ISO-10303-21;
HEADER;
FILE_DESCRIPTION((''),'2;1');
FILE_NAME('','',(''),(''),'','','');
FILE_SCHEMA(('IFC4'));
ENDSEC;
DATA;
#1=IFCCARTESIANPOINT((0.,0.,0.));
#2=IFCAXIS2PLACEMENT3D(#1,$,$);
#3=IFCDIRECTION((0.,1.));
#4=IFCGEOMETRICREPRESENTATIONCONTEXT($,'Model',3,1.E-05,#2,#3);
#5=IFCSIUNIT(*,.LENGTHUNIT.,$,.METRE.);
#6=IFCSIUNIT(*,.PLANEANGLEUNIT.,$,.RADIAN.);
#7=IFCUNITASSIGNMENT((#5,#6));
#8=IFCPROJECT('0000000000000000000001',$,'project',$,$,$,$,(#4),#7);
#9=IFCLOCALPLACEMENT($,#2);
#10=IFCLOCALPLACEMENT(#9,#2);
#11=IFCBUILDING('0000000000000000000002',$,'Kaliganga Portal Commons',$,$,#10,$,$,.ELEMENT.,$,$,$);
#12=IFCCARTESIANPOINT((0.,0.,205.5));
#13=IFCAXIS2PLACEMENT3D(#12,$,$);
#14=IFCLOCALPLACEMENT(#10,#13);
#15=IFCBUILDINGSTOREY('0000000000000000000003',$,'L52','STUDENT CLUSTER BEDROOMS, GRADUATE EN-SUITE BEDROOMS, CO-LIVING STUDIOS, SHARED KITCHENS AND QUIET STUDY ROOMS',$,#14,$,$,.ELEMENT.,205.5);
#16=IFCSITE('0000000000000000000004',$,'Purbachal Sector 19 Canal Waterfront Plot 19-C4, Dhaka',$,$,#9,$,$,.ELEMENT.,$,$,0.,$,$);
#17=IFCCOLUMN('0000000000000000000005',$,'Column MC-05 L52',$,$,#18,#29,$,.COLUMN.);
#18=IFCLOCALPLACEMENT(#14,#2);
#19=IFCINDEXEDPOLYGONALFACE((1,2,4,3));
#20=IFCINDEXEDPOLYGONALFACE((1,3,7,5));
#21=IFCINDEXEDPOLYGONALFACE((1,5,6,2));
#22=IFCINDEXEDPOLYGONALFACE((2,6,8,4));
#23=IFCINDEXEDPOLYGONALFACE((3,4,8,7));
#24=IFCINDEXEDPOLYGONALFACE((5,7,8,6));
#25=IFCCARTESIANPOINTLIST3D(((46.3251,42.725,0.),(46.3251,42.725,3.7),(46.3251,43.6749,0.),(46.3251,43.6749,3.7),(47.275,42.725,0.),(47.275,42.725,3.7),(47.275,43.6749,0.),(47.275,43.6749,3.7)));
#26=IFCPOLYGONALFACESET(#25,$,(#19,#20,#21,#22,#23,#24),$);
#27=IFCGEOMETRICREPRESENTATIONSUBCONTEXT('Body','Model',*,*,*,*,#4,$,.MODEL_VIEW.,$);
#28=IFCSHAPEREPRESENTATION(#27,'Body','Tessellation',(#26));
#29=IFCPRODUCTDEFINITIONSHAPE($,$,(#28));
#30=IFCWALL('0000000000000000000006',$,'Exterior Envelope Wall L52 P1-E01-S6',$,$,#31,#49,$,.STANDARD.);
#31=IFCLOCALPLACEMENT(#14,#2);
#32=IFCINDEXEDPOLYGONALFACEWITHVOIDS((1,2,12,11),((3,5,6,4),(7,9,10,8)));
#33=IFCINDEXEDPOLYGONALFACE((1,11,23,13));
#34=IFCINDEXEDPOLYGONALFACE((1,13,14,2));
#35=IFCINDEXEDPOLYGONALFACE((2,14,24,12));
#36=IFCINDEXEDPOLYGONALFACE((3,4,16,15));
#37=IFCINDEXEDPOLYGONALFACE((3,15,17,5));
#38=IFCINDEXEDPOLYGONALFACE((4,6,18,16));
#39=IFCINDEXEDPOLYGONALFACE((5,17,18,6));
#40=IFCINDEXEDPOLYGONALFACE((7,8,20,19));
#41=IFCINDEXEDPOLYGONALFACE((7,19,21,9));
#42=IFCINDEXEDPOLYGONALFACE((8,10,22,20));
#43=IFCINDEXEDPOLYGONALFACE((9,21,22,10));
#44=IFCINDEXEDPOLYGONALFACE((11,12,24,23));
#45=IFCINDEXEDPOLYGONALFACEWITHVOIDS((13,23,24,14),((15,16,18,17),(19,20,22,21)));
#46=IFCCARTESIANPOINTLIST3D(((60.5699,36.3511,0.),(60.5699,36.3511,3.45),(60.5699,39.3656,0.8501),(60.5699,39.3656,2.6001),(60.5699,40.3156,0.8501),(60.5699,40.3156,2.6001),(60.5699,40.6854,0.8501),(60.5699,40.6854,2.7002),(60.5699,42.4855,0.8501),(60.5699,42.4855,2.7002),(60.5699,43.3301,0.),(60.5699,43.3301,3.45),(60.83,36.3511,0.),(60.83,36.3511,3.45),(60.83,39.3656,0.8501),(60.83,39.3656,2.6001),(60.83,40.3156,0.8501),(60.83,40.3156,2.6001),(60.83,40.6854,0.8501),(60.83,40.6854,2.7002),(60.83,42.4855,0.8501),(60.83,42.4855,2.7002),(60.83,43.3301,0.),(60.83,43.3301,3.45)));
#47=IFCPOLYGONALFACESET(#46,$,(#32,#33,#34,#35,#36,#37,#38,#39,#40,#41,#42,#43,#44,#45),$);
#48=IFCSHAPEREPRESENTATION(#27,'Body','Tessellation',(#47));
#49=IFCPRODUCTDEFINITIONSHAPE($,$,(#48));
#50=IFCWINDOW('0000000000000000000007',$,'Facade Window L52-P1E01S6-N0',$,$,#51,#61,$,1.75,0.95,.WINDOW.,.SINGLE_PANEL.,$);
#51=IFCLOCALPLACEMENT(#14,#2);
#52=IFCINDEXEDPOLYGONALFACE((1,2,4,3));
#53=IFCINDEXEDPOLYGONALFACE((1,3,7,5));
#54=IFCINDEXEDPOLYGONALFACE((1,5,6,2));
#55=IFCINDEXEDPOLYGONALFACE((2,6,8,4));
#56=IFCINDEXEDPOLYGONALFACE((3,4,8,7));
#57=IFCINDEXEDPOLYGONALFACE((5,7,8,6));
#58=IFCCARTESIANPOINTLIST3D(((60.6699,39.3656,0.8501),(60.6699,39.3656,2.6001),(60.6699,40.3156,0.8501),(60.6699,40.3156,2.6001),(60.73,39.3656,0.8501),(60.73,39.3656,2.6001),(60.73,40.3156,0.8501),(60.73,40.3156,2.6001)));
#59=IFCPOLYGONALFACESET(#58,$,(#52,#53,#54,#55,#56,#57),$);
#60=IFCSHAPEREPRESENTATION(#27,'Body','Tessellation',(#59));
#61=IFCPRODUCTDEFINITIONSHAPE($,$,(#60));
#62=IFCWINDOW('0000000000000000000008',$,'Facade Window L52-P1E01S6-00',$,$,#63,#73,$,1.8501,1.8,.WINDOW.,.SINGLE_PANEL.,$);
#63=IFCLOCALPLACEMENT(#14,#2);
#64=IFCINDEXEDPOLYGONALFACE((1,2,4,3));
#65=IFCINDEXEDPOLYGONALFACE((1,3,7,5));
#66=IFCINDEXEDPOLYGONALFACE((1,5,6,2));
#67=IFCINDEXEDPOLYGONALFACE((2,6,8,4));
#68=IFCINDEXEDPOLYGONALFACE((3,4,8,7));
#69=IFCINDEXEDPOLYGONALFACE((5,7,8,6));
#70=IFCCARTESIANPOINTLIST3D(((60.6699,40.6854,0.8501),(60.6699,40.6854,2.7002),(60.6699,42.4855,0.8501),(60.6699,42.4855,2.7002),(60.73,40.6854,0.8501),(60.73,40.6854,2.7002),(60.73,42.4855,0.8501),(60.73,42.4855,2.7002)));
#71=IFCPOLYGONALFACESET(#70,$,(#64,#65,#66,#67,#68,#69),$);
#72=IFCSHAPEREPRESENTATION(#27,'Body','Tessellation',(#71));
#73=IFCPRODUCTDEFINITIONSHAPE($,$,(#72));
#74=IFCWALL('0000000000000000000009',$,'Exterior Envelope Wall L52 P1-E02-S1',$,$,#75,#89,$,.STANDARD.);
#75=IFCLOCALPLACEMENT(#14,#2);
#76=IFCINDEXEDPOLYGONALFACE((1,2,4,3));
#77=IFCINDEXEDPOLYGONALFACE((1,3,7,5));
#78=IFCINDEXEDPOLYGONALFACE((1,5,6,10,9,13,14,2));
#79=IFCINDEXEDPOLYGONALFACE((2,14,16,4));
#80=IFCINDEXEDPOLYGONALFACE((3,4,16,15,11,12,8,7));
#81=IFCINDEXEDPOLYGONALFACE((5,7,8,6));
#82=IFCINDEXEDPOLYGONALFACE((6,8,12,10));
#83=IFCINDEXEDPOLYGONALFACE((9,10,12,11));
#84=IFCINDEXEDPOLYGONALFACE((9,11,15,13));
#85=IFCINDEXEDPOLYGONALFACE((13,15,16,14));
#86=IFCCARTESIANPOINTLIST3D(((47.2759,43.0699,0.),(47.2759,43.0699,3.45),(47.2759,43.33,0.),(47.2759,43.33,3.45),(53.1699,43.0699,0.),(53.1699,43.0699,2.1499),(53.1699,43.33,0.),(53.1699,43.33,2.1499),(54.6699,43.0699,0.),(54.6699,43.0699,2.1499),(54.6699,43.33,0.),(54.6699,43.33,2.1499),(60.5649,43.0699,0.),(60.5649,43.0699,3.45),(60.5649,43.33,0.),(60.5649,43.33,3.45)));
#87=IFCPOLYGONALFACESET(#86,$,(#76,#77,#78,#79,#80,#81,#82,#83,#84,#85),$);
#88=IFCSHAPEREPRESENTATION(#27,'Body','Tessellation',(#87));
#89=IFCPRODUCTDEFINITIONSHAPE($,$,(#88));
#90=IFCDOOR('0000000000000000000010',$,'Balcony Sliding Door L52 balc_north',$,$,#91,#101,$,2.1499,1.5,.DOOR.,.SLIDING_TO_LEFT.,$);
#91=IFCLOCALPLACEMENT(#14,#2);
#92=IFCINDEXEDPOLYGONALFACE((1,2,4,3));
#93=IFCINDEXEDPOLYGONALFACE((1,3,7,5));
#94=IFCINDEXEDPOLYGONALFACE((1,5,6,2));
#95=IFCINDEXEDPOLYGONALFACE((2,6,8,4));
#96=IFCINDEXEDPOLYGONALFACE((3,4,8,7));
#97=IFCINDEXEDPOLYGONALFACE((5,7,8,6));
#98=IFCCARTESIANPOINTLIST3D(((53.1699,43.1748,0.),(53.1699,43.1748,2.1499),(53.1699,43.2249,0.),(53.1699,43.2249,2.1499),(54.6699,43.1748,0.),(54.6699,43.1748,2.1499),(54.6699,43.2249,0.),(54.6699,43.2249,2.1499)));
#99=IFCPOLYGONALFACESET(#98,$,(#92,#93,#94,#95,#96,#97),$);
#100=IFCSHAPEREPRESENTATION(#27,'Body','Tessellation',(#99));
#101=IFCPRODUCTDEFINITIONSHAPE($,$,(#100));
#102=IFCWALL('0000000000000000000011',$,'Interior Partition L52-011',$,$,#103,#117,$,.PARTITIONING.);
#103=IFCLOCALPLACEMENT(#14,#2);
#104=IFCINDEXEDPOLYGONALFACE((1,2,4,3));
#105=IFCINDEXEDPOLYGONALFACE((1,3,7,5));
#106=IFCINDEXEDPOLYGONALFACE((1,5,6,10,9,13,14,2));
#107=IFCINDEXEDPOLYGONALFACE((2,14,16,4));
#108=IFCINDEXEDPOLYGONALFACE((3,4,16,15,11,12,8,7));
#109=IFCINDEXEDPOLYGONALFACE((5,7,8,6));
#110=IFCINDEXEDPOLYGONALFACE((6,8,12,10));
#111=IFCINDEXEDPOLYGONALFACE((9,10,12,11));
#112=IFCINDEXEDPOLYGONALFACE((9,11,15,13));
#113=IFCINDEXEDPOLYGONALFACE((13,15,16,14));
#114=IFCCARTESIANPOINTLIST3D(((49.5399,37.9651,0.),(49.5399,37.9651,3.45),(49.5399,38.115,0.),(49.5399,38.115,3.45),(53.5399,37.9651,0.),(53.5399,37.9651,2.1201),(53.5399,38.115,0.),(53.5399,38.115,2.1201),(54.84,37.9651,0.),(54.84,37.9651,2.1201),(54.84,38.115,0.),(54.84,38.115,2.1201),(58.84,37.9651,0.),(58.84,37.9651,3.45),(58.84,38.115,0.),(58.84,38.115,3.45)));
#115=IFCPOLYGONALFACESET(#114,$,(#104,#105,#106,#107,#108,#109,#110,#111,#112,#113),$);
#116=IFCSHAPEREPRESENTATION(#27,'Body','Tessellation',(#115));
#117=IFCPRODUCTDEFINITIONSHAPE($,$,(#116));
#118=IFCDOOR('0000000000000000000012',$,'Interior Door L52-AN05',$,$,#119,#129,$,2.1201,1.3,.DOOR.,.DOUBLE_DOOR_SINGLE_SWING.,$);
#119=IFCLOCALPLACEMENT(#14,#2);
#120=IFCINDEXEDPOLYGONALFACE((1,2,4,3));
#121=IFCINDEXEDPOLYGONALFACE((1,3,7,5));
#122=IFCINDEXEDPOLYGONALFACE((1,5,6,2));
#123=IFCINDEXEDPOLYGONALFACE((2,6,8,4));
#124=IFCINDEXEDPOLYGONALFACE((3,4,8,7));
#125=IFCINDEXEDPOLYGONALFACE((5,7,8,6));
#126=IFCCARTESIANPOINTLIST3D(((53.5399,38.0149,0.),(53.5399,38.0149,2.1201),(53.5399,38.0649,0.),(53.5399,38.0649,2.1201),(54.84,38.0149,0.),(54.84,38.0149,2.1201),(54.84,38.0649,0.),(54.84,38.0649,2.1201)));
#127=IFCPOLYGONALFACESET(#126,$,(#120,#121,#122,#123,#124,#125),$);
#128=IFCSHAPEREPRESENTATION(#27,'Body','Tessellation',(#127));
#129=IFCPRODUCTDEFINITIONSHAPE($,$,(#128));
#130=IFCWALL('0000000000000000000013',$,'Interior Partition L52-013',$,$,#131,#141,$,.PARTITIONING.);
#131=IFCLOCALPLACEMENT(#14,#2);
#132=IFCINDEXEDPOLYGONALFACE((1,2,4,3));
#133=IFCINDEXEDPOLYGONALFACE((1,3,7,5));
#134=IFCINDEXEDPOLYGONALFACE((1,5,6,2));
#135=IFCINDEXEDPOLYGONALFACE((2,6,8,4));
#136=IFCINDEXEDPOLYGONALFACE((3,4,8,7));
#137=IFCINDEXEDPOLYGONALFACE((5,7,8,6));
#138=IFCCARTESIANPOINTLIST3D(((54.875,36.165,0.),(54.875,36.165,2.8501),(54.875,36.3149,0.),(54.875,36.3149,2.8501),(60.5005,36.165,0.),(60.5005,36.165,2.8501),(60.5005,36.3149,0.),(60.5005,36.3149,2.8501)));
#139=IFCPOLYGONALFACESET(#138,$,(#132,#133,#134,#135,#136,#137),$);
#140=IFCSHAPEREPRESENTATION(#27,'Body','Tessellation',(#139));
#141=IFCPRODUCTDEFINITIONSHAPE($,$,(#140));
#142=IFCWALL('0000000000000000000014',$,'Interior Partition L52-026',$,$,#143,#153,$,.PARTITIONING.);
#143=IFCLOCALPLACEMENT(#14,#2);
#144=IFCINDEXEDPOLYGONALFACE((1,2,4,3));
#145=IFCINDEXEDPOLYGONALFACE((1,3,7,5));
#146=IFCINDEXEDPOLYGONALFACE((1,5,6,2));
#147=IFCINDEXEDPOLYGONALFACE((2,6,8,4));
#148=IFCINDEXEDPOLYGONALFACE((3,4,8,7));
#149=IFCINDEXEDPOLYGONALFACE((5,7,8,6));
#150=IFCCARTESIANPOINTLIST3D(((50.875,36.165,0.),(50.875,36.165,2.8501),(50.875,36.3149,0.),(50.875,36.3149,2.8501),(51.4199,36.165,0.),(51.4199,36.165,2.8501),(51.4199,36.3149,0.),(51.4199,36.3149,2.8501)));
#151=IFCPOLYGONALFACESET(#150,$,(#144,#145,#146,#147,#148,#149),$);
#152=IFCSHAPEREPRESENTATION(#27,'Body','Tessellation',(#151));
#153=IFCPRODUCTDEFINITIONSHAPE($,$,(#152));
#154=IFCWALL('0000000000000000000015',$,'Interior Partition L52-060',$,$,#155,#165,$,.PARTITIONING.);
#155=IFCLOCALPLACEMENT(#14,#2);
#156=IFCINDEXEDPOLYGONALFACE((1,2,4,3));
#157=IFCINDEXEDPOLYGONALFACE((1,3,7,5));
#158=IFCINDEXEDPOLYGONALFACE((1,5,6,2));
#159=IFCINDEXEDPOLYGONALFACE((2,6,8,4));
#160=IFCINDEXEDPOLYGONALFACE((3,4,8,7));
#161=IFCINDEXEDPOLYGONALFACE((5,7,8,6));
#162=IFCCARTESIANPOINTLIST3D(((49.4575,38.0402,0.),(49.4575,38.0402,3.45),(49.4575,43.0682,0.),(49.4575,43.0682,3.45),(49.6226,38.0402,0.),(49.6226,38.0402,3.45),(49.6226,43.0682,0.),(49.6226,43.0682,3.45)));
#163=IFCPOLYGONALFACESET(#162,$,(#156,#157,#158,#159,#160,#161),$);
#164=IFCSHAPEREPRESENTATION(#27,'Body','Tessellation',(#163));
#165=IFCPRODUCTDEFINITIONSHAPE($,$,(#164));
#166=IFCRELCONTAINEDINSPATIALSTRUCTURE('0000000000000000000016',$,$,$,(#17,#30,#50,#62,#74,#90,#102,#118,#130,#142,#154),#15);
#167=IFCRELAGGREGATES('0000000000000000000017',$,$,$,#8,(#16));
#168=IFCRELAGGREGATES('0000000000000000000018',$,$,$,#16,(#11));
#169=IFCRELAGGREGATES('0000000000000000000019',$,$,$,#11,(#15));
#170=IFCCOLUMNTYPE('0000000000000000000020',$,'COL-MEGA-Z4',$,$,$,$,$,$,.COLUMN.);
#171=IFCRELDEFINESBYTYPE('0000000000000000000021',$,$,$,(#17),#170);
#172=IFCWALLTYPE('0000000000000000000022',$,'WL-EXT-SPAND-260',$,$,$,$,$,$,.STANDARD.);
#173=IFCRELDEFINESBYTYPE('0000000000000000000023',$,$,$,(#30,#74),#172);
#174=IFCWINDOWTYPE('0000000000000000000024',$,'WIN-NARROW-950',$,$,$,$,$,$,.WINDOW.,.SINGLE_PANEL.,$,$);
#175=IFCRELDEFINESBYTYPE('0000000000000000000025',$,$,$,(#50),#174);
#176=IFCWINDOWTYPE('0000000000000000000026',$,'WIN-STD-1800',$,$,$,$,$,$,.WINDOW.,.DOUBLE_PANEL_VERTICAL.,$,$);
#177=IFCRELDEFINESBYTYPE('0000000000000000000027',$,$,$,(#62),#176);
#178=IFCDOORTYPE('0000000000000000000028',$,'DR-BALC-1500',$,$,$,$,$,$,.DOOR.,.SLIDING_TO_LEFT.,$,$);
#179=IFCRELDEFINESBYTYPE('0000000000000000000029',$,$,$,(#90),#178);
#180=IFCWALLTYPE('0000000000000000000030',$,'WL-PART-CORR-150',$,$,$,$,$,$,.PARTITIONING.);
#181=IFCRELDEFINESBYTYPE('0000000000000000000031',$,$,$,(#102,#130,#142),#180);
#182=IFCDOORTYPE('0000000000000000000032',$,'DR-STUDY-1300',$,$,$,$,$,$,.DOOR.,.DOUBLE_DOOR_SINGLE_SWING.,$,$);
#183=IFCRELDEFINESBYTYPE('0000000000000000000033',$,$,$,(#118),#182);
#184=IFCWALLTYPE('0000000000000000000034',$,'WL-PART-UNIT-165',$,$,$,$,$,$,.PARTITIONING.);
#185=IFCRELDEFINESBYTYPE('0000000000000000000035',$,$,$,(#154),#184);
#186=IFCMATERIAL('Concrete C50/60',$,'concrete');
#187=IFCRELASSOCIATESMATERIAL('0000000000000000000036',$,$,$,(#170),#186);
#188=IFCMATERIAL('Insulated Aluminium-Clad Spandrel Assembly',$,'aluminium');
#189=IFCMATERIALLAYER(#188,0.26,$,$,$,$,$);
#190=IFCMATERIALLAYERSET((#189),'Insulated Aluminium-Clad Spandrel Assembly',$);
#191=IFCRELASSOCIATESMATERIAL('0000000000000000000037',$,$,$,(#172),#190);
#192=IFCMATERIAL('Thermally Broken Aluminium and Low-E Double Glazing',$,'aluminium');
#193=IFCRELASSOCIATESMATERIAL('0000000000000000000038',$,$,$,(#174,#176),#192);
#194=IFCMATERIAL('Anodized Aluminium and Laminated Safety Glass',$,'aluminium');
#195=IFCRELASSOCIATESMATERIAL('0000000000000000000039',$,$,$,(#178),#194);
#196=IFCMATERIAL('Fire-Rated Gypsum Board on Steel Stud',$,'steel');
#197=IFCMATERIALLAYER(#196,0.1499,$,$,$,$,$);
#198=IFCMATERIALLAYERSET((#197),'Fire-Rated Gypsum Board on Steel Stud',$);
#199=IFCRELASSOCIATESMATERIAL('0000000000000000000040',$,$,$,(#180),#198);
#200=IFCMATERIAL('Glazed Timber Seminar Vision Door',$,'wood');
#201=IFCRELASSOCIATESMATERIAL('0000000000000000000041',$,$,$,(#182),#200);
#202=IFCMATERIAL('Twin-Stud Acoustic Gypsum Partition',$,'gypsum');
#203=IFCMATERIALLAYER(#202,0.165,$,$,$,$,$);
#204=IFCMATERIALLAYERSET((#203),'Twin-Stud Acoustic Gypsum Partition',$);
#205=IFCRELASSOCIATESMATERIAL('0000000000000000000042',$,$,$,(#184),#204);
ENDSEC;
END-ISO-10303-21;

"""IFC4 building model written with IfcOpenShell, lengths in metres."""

from ifc_helpers import new_model, si_unit, direction, frame, frame_2d, origin, origin_2d, place, context, subcontext, project, spatial, rectangle, extrude, source, transform, mapped, material, layer, layer_set, material_profile, profile_set, type_object, element, fill, save


model = new_model("IFC4")

# Units and contexts
model_context = context("Model", 3, precision=1e-05, world=origin(), true_north=direction((0.0, 1.0)))
body_context = subcontext(model_context, "Body", "Model", "MODEL_VIEW")
ifc_project = project(units=[si_unit("LENGTHUNIT", "METRE"), si_unit("PLANEANGLEUNIT", "RADIAN")], contexts=[model_context])

# Site, building, storey
site_placement = place(None, origin())
site = spatial("IfcSite", under=ifc_project, at=site_placement, Name="Purbachal Sector 19 Canal Waterfront Plot 19-C4, Dhaka", CompositionType="ELEMENT", RefElevation=0.0)
building_placement = place(site_placement, origin())
building = spatial("IfcBuilding", under=site, at=building_placement, Name="Kaliganga Portal Commons", CompositionType="ELEMENT")
storey_placement = place(building_placement, frame((0.0, 0.0, 205.5)))
storey = spatial("IfcBuildingStorey", under=building, at=storey_placement, Name="L52", Description="STUDENT CLUSTER BEDROOMS, GRADUATE EN-SUITE BEDROOMS, CO-LIVING STUDIOS, SHARED KITCHENS AND QUIET STUDY ROOMS", CompositionType="ELEMENT", Elevation=205.5)

# Column
ifc_material_1 = material(Name="Concrete C50/60", Category="concrete")
ifc_material_profile = material_profile(ifc_material_1, rectangle(XDim=0.95, YDim=0.95, at=origin_2d()), Name="RC 950x950")
ifc_profile_set = profile_set([ifc_material_profile], Name="Concrete C50/60")
column_type = type_object("IfcColumnType", Name="COL-MEGA-Z4", PredefinedType="COLUMN", material=ifc_profile_set)
shared_shape = source(origin(), body_context, "Body", "SweptSolid", [
    extrude(rectangle(XDim=0.95, YDim=0.95, at=origin_2d()), origin(), (0.0, 0.0, 1.0), 3.7),
])
column_placement = place(storey_placement, frame((46.8, 43.2, 0.0), z_axis=(0.0, 0.0, 1.0), x_axis=(1.0, 0.0, 0.0)))
element("IfcColumn", 1, at=column_placement, inside=storey, type_object=column_type, Name="Column MC-05 L52", PredefinedType="COLUMN", context=body_context, shape_type="MappedRepresentation", body=[
    mapped(shared_shape, transform((0.0, 0.0, 0.0), x_axis=(1.0, 0.0, 0.0), y_axis=(0.0, 1.0, 0.0), z_axis=(0.0, 0.0, 1.0), scale=1.0)),
])

# Wall, openings, windows
ifc_material_2 = material(Name="Insulated Aluminium-Clad Spandrel Assembly", Category="aluminium")
ifc_layer_1 = layer(ifc_material_2, 0.26)
ifc_layer_set_1 = layer_set([ifc_layer_1], Name="Insulated Aluminium-Clad Spandrel Assembly")
wall_type_1 = type_object("IfcWallType", Name="WL-EXT-SPAND-260", PredefinedType="STANDARD", material=ifc_layer_set_1)
wall_1_placement = place(storey_placement, frame((60.7, 43.3301, 0.0), z_axis=(0.0, 0.0, 1.0), x_axis=(0.0, -1.0, 0.0)))
wall_1 = element("IfcWall", 2, at=wall_1_placement, inside=storey, type_object=wall_type_1, Name="Exterior Envelope Wall L52 P1-E01-S6", PredefinedType="STANDARD", context=body_context, shape_type="SweptSolid", body=[
    extrude(rectangle(XDim=6.979, YDim=0.26, at=frame_2d((3.4895, 0.0))), origin(), (0.0, 0.0, 1.0), 3.45),
])
opening_1_placement = place(wall_1_placement, frame((0.8447, 0.0, 0.8501)))
opening_1 = element("IfcOpeningElement", 3, at=opening_1_placement, cuts=wall_1, PredefinedType="OPENING", context=body_context, shape_type="SweptSolid", body=[
    extrude(rectangle(XDim=1.8, YDim=1.8501, at=frame_2d((0.8999, 0.925))), frame((0.0, 0.1401, 0.0), z_axis=(0.0, -1.0, 0.0), x_axis=(1.0, 0.0, 0.0)), (0.0, 0.0, 1.0), 0.28),
])
opening_2_placement = place(wall_1_placement, frame((3.0144, 0.0, 0.8501)))
opening_2 = element("IfcOpeningElement", 4, at=opening_2_placement, cuts=wall_1, PredefinedType="OPENING", context=body_context, shape_type="SweptSolid", body=[
    extrude(rectangle(XDim=0.95, YDim=1.75, at=frame_2d((0.4751, 0.875))), frame((0.0, 0.1401, 0.0), z_axis=(0.0, -1.0, 0.0), x_axis=(1.0, 0.0, 0.0)), (0.0, 0.0, 1.0), 0.28),
])
ifc_material_3 = material(Name="Thermally Broken Aluminium and Low-E Double Glazing", Category="aluminium")
window_type_1 = type_object("IfcWindowType", Name="WIN-NARROW-950", PartitioningType="SINGLE_PANEL", PredefinedType="WINDOW", material=ifc_material_3)
window_1_placement = place(opening_2_placement, origin())
window_1 = element("IfcWindow", 5, at=window_1_placement, inside=storey, type_object=window_type_1, Name="Facade Window L52-P1E01S6-N0", OverallHeight=1.75, OverallWidth=0.95, PartitioningType="SINGLE_PANEL", PredefinedType="WINDOW", context=body_context, shape_type="SweptSolid", body=[
    extrude(rectangle(XDim=0.95, YDim=1.75, at=frame_2d((0.4751, 0.875))), frame((0.0, 0.03, 0.0), z_axis=(0.0, -1.0, 0.0), x_axis=(1.0, 0.0, 0.0)), (0.0, 0.0, 1.0), 0.0601),
])
fill(opening_2, window_1)
window_type_2 = type_object("IfcWindowType", Name="WIN-STD-1800", PartitioningType="DOUBLE_PANEL_VERTICAL", PredefinedType="WINDOW", material=ifc_material_3)
window_2_placement = place(opening_1_placement, origin())
window_2 = element("IfcWindow", 6, at=window_2_placement, inside=storey, type_object=window_type_2, Name="Facade Window L52-P1E01S6-00", OverallHeight=1.8501, OverallWidth=1.8, PartitioningType="SINGLE_PANEL", PredefinedType="WINDOW", context=body_context, shape_type="SweptSolid", body=[
    extrude(rectangle(XDim=1.8, YDim=1.8501, at=frame_2d((0.8999, 0.925))), frame((0.0, 0.03, 0.0), z_axis=(0.0, -1.0, 0.0), x_axis=(1.0, 0.0, 0.0)), (0.0, 0.0, 1.0), 0.0601),
])
fill(opening_1, window_2)

# Walls, openings, doors
wall_2_placement = place(storey_placement, frame((47.2759, 43.2, 0.0), z_axis=(0.0, 0.0, 1.0), x_axis=(1.0, 0.0, 0.0)))
wall_2 = element("IfcWall", 7, at=wall_2_placement, inside=storey, type_object=wall_type_1, Name="Exterior Envelope Wall L52 P1-E02-S1", PredefinedType="STANDARD", context=body_context, shape_type="SweptSolid", body=[
    extrude(rectangle(XDim=13.2891, YDim=0.26, at=frame_2d((6.6445, 0.0))), origin(), (0.0, 0.0, 1.0), 3.45),
])
opening_3_placement = place(wall_2_placement, frame((5.894, 0.0, 0.0)))
opening_3 = element("IfcOpeningElement", 8, at=opening_3_placement, cuts=wall_2, PredefinedType="OPENING", context=body_context, shape_type="SweptSolid", body=[
    extrude(rectangle(XDim=1.5, YDim=2.1499, at=frame_2d((0.75, 1.075))), frame((0.0, 0.1401, 0.0), z_axis=(0.0, -1.0, 0.0), x_axis=(1.0, 0.0, 0.0)), (0.0, 0.0, 1.0), 0.28),
])
ifc_material_4 = material(Name="Anodized Aluminium and Laminated Safety Glass", Category="aluminium")
door_type_1 = type_object("IfcDoorType", Name="DR-BALC-1500", OperationType="SLIDING_TO_LEFT", PredefinedType="DOOR", material=ifc_material_4)
door_1_placement = place(opening_3_placement, origin())
door_1 = element("IfcDoor", 9, at=door_1_placement, inside=storey, type_object=door_type_1, Name="Balcony Sliding Door L52 balc_north", OperationType="SLIDING_TO_LEFT", OverallHeight=2.1499, OverallWidth=1.5, PredefinedType="DOOR", context=body_context, shape_type="SweptSolid", body=[
    extrude(rectangle(XDim=1.5, YDim=2.1499, at=frame_2d((0.75, 1.075))), frame((0.0, 0.0249, 0.0), z_axis=(0.0, -1.0, 0.0), x_axis=(1.0, 0.0, 0.0)), (0.0, 0.0, 1.0), 0.05),
])
fill(opening_3, door_1)
ifc_material_5 = material(Name="Fire-Rated Gypsum Board on Steel Stud", Category="steel")
ifc_layer_2 = layer(ifc_material_5, 0.1499)
ifc_layer_set_2 = layer_set([ifc_layer_2], Name="Fire-Rated Gypsum Board on Steel Stud")
wall_type_2 = type_object("IfcWallType", Name="WL-PART-CORR-150", PredefinedType="PARTITIONING", material=ifc_layer_set_2)
wall_3_placement = place(storey_placement, frame((49.54, 38.04, 0.0), z_axis=(0.0, 0.0, 1.0), x_axis=(1.0, 0.0, 0.0)))
wall_3 = element("IfcWall", 10, at=wall_3_placement, inside=storey, type_object=wall_type_2, Name="Interior Partition L52-011", PredefinedType="PARTITIONING", context=body_context, shape_type="SweptSolid", body=[
    extrude(rectangle(XDim=9.3, YDim=0.1499, at=frame_2d((4.6499, 0.0))), origin(), (0.0, 0.0, 1.0), 3.45),
])
opening_4_placement = place(wall_3_placement, frame((4.0, 0.0, 0.0)))
opening_4 = element("IfcOpeningElement", 11, at=opening_4_placement, cuts=wall_3, PredefinedType="OPENING", context=body_context, shape_type="SweptSolid", body=[
    extrude(rectangle(XDim=1.3, YDim=2.1201, at=frame_2d((0.6499, 1.0601))), frame((0.0, 0.085, 0.0), z_axis=(0.0, -1.0, 0.0), x_axis=(1.0, 0.0, 0.0)), (0.0, 0.0, 1.0), 0.1699),
])
ifc_material_6 = material(Name="Glazed Timber Seminar Vision Door", Category="wood")
door_type_2 = type_object("IfcDoorType", Name="DR-STUDY-1300", OperationType="DOUBLE_DOOR_SINGLE_SWING", PredefinedType="DOOR", material=ifc_material_6)
door_2_placement = place(opening_4_placement, origin())
door_2 = element("IfcDoor", 12, at=door_2_placement, inside=storey, type_object=door_type_2, Name="Interior Door L52-AN05", OperationType="DOUBLE_DOOR_SINGLE_SWING", OverallHeight=2.1201, OverallWidth=1.3, PredefinedType="DOOR", context=body_context, shape_type="SweptSolid", body=[
    extrude(rectangle(XDim=1.3, YDim=2.1201, at=frame_2d((0.6499, 1.0601))), frame((0.0, 0.0249, 0.0), z_axis=(0.0, -1.0, 0.0), x_axis=(1.0, 0.0, 0.0)), (0.0, 0.0, 1.0), 0.05),
])
fill(opening_4, door_2)

# Wall
wall_4_placement = place(storey_placement, frame((54.875, 36.24, 0.0), z_axis=(0.0, 0.0, 1.0), x_axis=(1.0, 0.0, 0.0)))
element("IfcWall", 13, at=wall_4_placement, inside=storey, type_object=wall_type_2, Name="Interior Partition L52-013", PredefinedType="PARTITIONING", context=body_context, shape_type="SweptSolid", body=[
    extrude(rectangle(XDim=5.6255, YDim=0.1499, at=frame_2d((2.8127, 0.0))), origin(), (0.0, 0.0, 1.0), 2.8501),
])

# Wall
wall_5_placement = place(storey_placement, frame((50.875, 36.24, 0.0), z_axis=(0.0, 0.0, 1.0), x_axis=(1.0, 0.0, 0.0)))
element("IfcWall", 14, at=wall_5_placement, inside=storey, type_object=wall_type_2, Name="Interior Partition L52-026", PredefinedType="PARTITIONING", context=body_context, shape_type="SweptSolid", body=[
    extrude(rectangle(XDim=0.5449, YDim=0.1499, at=frame_2d((0.2725, 0.0))), origin(), (0.0, 0.0, 1.0), 2.8501),
])

# Wall
ifc_material_7 = material(Name="Twin-Stud Acoustic Gypsum Partition", Category="gypsum")
ifc_layer_3 = layer(ifc_material_7, 0.165)
ifc_layer_set_3 = layer_set([ifc_layer_3], Name="Twin-Stud Acoustic Gypsum Partition")
wall_type_3 = type_object("IfcWallType", Name="WL-PART-UNIT-165", PredefinedType="PARTITIONING", material=ifc_layer_set_3)
wall_6_placement = place(storey_placement, frame((49.54, 38.04, 0.0), z_axis=(0.0, 0.0, 1.0), x_axis=(0.0, 1.0, 0.0)))
element("IfcWall", 15, at=wall_6_placement, inside=storey, type_object=wall_type_3, Name="Interior Partition L52-060", PredefinedType="PARTITIONING", context=body_context, shape_type="SweptSolid", body=[
    extrude(rectangle(XDim=5.0281, YDim=0.165, at=frame_2d((2.5142, 0.0))), origin(), (0.0, 0.0, 1.0), 3.45),
])

save(model, "model.ifc")
